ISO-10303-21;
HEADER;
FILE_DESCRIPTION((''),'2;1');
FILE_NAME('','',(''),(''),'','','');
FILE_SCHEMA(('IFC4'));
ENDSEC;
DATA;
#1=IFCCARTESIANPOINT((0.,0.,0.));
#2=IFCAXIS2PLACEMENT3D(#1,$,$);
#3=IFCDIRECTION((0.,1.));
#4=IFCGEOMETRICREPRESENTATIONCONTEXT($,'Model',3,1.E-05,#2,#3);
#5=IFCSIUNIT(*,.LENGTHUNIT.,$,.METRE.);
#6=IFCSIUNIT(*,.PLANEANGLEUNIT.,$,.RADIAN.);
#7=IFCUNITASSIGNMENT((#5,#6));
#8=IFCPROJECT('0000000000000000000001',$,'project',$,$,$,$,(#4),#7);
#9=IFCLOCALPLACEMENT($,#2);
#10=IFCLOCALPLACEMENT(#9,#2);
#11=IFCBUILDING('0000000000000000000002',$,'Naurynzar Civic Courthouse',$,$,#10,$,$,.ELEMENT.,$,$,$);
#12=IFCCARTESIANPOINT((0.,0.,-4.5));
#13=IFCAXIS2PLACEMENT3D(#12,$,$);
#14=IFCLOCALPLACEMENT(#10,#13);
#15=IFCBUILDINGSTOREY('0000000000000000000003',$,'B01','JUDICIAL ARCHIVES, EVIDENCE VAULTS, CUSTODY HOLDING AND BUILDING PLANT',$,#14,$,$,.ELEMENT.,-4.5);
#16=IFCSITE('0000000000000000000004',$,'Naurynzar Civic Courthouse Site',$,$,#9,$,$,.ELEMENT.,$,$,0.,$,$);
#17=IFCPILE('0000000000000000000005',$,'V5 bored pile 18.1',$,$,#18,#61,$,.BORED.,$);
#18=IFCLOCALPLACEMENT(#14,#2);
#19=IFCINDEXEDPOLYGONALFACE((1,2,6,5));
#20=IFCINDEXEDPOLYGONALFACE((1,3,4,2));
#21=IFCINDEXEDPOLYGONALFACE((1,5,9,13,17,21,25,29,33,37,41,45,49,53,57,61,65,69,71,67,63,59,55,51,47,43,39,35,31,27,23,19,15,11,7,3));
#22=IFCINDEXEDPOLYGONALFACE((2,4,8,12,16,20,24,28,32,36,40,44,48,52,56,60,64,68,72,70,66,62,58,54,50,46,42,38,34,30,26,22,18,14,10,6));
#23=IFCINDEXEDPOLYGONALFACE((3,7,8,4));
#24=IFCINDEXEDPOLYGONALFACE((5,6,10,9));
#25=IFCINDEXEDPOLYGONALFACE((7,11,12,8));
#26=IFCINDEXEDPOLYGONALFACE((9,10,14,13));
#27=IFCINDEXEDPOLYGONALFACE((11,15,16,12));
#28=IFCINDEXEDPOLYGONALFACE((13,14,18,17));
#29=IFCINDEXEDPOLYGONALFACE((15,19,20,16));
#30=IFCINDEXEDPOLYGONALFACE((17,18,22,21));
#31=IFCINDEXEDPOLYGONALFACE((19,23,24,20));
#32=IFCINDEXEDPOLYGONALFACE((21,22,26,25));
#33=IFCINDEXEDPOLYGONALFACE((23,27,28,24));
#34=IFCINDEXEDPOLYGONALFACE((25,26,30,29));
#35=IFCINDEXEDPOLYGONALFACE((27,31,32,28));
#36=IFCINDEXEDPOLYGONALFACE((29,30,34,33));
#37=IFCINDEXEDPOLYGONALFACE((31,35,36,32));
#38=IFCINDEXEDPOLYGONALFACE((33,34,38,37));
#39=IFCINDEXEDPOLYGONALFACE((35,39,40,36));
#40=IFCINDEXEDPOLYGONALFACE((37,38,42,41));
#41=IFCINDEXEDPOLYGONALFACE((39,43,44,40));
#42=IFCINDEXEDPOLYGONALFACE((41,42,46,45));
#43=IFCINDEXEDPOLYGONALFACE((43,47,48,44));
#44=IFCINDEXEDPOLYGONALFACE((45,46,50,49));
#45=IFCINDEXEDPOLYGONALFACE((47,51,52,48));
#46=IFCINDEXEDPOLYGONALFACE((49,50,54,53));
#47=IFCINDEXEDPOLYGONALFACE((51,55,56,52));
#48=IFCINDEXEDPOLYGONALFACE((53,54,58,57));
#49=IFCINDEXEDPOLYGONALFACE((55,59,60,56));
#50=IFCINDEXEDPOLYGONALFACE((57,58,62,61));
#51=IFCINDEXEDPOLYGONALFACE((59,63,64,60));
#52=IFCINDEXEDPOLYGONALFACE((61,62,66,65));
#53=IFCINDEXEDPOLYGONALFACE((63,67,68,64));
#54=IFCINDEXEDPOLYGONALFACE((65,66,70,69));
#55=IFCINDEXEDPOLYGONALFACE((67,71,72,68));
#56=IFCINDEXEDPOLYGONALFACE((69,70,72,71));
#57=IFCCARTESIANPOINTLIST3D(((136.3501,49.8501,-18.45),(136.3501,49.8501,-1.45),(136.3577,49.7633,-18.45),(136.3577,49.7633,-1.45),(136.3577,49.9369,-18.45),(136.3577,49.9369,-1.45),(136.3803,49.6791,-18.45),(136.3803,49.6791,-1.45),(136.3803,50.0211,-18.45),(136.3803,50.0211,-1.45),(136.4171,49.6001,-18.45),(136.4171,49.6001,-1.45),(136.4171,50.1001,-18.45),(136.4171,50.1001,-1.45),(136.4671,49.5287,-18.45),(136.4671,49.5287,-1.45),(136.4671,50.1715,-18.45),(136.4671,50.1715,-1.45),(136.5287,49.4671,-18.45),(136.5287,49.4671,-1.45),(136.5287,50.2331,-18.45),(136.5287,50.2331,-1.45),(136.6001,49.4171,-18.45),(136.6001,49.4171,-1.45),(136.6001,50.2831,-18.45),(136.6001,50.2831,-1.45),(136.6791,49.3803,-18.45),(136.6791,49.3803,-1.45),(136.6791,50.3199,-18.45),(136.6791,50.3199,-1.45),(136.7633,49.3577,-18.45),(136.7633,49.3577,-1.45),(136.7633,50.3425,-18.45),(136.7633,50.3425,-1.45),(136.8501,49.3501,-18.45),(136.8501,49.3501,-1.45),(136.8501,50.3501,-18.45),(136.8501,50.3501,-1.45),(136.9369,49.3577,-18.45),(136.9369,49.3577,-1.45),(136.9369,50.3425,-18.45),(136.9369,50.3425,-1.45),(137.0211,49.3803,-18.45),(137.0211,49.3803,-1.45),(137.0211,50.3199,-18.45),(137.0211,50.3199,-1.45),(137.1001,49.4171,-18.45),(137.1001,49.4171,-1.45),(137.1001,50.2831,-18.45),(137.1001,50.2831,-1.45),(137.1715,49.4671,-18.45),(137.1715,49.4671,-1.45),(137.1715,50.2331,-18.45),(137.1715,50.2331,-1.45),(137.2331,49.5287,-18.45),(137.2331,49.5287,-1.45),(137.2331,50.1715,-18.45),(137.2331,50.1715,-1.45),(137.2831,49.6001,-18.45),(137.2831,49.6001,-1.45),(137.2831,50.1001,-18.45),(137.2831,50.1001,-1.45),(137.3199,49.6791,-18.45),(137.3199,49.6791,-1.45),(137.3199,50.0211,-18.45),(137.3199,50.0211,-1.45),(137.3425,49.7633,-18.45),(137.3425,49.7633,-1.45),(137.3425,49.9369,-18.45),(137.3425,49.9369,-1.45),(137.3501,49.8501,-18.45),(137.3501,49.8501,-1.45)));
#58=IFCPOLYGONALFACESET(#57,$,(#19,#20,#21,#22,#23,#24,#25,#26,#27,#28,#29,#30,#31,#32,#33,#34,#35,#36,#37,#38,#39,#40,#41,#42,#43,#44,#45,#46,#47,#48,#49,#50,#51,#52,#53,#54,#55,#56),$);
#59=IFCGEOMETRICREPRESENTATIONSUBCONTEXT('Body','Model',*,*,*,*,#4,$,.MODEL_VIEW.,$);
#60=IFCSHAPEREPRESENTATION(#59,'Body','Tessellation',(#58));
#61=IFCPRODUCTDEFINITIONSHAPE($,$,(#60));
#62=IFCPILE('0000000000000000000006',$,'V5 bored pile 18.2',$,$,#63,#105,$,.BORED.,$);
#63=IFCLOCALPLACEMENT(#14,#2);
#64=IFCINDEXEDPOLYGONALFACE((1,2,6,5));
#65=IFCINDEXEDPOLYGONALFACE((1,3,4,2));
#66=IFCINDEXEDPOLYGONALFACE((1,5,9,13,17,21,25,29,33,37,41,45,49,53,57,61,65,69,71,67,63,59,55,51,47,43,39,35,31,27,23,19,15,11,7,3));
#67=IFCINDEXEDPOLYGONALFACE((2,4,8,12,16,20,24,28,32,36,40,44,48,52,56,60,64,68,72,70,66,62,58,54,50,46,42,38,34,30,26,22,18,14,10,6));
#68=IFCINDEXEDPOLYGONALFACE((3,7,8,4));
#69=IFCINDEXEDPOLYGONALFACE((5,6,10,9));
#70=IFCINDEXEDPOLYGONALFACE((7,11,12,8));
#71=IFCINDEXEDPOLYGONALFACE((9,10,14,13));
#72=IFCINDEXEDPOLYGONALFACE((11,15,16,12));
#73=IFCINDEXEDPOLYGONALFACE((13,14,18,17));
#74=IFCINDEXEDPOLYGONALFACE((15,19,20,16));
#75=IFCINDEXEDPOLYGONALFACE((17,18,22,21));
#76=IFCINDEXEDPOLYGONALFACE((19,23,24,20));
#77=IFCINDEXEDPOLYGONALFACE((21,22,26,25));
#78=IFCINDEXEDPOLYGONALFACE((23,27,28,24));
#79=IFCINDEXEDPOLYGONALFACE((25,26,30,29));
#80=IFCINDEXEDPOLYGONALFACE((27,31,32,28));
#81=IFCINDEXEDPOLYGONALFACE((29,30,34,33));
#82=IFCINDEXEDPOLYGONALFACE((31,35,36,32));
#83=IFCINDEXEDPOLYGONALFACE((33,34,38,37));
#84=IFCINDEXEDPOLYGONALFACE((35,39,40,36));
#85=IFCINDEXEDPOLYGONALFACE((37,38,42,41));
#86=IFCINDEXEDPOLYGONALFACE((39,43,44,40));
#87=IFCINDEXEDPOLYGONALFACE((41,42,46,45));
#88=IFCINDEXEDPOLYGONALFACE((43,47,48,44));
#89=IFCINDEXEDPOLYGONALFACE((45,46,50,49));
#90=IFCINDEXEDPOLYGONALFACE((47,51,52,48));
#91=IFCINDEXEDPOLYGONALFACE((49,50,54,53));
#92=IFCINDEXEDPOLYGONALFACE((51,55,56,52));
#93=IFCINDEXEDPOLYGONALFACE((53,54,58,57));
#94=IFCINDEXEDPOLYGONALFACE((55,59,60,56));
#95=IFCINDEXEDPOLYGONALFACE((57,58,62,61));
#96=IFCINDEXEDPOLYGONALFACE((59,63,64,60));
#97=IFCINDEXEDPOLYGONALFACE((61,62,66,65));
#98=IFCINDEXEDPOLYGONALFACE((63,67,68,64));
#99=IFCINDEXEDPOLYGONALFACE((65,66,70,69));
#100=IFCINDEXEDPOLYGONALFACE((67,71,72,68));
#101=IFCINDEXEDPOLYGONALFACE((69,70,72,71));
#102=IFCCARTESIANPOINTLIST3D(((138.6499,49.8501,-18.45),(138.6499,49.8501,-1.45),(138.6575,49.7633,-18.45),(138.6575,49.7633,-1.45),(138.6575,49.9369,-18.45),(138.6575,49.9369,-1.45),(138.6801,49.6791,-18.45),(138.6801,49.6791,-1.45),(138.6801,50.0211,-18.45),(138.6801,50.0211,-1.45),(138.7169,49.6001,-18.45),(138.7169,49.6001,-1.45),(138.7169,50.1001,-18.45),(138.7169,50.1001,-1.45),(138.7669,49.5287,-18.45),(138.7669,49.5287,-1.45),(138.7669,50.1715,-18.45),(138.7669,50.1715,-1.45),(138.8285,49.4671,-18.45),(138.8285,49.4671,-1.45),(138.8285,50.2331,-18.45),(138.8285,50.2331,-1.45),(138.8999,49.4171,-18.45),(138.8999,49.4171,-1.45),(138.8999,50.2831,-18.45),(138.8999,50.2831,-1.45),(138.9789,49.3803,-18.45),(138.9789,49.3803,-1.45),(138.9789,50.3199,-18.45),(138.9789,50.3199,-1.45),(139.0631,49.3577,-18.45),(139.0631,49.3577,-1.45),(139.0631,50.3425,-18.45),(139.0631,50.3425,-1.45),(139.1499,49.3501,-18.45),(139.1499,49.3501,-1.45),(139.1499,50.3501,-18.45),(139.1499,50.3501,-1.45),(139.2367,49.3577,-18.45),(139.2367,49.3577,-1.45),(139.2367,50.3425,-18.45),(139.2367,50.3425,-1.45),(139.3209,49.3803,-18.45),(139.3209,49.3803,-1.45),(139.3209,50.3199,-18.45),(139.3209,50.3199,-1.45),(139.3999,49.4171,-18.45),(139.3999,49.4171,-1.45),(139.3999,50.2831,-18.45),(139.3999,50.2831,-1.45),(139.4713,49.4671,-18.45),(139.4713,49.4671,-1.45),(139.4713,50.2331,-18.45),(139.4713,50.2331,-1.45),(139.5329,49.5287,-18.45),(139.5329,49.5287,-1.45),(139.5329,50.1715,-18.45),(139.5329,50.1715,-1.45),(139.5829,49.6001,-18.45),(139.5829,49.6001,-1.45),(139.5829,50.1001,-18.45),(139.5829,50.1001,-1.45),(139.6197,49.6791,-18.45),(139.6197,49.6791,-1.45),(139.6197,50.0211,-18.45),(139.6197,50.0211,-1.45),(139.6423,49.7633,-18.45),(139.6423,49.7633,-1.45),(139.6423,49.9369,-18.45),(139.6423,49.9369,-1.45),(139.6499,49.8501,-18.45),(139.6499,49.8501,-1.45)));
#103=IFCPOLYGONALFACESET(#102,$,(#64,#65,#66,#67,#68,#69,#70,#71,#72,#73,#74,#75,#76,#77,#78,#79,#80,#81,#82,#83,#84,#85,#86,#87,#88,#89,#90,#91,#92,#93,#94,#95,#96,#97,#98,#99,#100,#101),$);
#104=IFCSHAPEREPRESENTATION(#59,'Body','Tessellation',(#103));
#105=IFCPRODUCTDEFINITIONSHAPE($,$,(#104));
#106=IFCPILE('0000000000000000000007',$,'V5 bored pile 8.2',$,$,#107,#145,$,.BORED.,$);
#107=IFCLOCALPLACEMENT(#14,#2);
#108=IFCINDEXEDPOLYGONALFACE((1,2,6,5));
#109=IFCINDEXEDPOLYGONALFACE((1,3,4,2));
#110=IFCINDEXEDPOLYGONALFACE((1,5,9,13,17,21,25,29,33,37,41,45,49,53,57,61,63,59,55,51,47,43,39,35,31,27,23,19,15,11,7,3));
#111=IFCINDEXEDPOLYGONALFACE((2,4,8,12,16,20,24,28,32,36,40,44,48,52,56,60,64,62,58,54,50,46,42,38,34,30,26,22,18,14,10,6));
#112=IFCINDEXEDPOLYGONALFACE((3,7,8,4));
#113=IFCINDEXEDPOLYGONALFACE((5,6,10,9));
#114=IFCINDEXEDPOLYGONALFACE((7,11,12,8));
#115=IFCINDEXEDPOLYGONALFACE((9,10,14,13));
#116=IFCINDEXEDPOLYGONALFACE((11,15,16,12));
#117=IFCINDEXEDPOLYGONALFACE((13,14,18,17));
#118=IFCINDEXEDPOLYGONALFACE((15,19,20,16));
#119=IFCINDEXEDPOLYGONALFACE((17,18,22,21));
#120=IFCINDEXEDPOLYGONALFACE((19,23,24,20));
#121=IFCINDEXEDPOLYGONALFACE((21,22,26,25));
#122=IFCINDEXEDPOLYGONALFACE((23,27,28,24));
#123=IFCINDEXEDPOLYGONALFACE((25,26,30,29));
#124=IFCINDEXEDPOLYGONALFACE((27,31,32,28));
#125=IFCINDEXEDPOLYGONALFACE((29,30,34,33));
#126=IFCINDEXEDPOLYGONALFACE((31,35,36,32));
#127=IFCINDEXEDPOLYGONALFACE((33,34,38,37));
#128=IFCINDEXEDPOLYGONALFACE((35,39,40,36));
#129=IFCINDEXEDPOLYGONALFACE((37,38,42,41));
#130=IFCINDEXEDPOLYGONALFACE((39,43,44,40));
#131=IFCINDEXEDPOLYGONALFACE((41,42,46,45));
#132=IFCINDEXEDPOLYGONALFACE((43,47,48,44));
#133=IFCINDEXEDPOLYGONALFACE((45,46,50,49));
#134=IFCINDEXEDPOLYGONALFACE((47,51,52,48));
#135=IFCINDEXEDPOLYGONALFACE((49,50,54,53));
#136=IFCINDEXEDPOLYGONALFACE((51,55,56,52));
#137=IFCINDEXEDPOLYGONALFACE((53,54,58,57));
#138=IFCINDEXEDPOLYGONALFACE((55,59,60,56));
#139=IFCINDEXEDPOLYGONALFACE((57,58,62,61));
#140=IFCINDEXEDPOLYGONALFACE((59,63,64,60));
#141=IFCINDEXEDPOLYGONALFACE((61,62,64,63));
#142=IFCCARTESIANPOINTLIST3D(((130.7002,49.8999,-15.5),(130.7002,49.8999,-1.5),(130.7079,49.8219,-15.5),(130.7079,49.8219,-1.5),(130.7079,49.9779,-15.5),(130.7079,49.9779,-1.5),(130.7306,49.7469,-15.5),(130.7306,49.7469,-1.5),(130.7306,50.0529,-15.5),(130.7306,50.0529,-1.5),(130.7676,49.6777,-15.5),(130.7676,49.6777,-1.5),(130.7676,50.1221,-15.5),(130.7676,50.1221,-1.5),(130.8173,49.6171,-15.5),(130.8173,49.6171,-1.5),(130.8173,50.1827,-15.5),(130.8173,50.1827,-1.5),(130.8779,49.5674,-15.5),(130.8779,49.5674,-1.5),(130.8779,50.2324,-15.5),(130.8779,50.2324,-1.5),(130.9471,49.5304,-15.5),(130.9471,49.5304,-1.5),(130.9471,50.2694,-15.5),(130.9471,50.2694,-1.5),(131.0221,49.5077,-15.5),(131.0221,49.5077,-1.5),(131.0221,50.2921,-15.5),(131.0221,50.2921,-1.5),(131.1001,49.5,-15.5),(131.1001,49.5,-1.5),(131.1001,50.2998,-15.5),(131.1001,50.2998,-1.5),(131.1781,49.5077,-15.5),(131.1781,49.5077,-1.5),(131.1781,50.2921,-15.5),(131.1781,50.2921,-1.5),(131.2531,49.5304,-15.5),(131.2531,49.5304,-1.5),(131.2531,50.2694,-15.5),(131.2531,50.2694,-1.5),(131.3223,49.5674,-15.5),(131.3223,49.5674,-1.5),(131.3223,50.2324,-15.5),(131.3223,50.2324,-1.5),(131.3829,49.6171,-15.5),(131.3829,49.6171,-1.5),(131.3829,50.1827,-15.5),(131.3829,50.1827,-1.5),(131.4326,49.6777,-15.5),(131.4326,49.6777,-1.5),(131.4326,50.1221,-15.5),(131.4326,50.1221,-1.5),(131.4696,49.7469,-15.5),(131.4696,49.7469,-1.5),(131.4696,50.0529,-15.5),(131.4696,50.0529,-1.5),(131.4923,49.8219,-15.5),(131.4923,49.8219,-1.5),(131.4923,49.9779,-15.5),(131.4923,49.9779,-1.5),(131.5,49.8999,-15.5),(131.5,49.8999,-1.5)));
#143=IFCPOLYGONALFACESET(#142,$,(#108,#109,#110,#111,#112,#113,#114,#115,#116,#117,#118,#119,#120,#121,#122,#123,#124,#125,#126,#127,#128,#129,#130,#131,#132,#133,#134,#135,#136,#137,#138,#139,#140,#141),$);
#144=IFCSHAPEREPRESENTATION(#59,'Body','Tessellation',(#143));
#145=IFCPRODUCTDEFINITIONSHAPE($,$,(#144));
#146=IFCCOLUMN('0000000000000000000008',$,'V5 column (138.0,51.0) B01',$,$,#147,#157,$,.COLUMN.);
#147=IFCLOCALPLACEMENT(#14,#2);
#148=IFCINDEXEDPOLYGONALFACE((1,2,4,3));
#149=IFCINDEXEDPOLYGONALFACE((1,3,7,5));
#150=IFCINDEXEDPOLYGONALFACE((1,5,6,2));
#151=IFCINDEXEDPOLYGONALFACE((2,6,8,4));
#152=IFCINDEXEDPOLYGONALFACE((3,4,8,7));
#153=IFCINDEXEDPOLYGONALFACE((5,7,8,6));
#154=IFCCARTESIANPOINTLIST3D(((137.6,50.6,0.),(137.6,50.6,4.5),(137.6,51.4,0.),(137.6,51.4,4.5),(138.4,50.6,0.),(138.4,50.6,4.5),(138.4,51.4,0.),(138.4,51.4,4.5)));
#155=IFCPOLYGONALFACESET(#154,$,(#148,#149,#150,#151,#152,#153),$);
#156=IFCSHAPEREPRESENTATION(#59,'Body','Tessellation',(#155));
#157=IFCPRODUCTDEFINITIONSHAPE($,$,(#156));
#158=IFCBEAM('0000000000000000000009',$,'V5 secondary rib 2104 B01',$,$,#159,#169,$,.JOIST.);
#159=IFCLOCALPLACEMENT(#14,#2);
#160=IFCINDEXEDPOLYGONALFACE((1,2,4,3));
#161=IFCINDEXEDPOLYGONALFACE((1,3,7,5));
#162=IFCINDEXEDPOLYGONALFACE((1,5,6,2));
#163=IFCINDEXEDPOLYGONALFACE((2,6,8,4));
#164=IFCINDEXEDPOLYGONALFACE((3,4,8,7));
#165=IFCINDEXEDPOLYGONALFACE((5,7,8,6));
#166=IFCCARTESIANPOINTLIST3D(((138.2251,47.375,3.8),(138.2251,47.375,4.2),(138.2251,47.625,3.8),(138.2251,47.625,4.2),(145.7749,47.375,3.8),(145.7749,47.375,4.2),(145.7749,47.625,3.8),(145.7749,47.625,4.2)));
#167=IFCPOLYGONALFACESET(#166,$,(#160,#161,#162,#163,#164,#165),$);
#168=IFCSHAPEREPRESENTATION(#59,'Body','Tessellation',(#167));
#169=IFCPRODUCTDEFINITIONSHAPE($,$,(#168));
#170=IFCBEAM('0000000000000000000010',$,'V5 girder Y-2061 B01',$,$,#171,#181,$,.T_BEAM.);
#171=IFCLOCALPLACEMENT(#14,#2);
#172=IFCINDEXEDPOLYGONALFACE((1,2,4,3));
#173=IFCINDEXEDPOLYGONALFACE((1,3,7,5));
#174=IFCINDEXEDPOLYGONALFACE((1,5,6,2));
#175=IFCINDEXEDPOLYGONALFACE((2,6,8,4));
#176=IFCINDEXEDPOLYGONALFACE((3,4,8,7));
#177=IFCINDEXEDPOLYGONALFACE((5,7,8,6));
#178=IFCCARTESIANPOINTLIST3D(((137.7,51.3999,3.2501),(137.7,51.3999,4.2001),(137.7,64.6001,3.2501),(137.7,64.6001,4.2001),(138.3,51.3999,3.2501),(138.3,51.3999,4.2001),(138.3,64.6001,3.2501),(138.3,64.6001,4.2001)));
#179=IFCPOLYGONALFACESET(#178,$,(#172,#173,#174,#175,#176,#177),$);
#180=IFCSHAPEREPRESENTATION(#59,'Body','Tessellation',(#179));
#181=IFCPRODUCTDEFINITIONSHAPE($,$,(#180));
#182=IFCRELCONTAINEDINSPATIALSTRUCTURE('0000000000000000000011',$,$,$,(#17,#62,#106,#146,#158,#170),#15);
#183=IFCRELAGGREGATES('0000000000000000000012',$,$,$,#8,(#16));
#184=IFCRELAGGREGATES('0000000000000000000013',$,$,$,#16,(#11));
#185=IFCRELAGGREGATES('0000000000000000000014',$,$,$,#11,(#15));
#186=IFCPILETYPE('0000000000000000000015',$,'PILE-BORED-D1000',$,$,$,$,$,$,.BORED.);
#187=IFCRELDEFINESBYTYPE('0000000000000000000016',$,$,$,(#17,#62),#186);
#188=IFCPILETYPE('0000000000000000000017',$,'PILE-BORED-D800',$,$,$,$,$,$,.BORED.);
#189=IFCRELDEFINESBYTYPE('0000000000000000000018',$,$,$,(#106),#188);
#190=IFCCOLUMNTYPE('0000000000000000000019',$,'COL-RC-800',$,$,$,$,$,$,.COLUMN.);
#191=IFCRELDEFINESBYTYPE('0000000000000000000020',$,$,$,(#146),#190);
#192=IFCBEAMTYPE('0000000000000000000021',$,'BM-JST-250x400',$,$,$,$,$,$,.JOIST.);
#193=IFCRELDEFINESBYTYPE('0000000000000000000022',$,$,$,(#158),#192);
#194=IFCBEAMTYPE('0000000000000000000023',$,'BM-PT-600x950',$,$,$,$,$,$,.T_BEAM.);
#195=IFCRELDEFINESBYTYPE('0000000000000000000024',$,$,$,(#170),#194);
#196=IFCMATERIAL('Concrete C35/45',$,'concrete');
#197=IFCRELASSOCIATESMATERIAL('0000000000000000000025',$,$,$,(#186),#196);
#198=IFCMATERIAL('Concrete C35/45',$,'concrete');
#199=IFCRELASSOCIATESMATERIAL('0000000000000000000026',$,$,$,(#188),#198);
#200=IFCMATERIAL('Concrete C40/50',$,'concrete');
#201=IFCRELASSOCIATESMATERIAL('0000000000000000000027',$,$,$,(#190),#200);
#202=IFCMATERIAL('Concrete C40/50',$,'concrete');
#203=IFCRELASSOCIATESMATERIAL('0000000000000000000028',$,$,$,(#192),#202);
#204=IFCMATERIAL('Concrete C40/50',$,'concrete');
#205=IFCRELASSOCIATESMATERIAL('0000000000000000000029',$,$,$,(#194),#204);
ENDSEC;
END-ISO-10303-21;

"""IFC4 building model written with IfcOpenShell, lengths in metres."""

from ifc_helpers import new_model, si_unit, direction, frame, origin, origin_2d, place, context, subcontext, project, spatial, rectangle, circle, extrude, material, material_profile, profile_set, type_object, element, save


model = new_model("IFC4")

# Units and contexts
model_context = context("Model", 3, precision=1e-05, world=origin(), true_north=direction((0.0, 1.0)))
body_context = subcontext(model_context, "Body", "Model", "MODEL_VIEW")
ifc_project = project(units=[si_unit("LENGTHUNIT", "METRE"), si_unit("PLANEANGLEUNIT", "RADIAN")], contexts=[model_context])

# Site, building, storey
site_placement = place(None, origin())
site = spatial("IfcSite", under=ifc_project, at=site_placement, Name="Naurynzar Civic Courthouse Site", CompositionType="ELEMENT", RefElevation=0.0)
building_placement = place(site_placement, origin())
building = spatial("IfcBuilding", under=site, at=building_placement, Name="Naurynzar Civic Courthouse", CompositionType="ELEMENT")
storey_placement = place(building_placement, frame((0.0, 0.0, -4.5)))
storey = spatial("IfcBuildingStorey", under=building, at=storey_placement, Name="B01", Description="JUDICIAL ARCHIVES, EVIDENCE VAULTS, CUSTODY HOLDING AND BUILDING PLANT", CompositionType="ELEMENT", Elevation=-4.5)

# Piles
ifc_material_1 = material(Name="Concrete C35/45", Category="concrete")
ifc_material_profile_1 = material_profile(ifc_material_1, circle(Radius=0.5, at=origin_2d()), Name="PILE D1000")
ifc_profile_set_1 = profile_set([ifc_material_profile_1], Name="Concrete C35/45")
pile_type_1 = type_object("IfcPileType", Name="PILE-BORED-D1000", PredefinedType="BORED", material=ifc_profile_set_1)
for number, where, z_axis, x_axis, name in (
    (1, (136.8501, 49.8501, -1.45), (0.0, 0.0, -1.0), (1.0, 0.0, 0.0), "V5 bored pile 18.1"),
    (2, (139.1499, 49.8501, -1.45), (0.0, 0.0, -1.0), (1.0, 0.0, 0.0), "V5 bored pile 18.2"),
):
    element("IfcPile", number, at=place(storey_placement, frame(where, z_axis=z_axis, x_axis=x_axis)), inside=storey, type_object=pile_type_1, Name=name, PredefinedType="BORED", context=body_context, shape_type="SweptSolid", body=[
        extrude(circle(Radius=0.5, at=origin_2d()), origin(), (0.0, 0.0, 1.0), 17.0),
    ])
ifc_material_2 = material(Name="Concrete C35/45", Category="concrete")
ifc_material_profile_2 = material_profile(ifc_material_2, circle(Radius=0.3999, at=origin_2d()), Name="PILE D800")
ifc_profile_set_2 = profile_set([ifc_material_profile_2], Name="Concrete C35/45")
pile_type_2 = type_object("IfcPileType", Name="PILE-BORED-D800", PredefinedType="BORED", material=ifc_profile_set_2)
pile_placement = place(storey_placement, frame((131.1001, 49.8999, -1.5), z_axis=(0.0, 0.0, -1.0), x_axis=(1.0, 0.0, 0.0)))
element("IfcPile", 3, at=pile_placement, inside=storey, type_object=pile_type_2, Name="V5 bored pile 8.2", PredefinedType="BORED", context=body_context, shape_type="SweptSolid", body=[
    extrude(circle(Radius=0.3999, at=origin_2d()), origin(), (0.0, 0.0, 1.0), 14.0),
])

# Column
ifc_material_3 = material(Name="Concrete C40/50", Category="concrete")
ifc_material_profile_3 = material_profile(ifc_material_3, rectangle(XDim=0.8, YDim=0.8, at=origin_2d()), Name="RC 800x800")
ifc_profile_set_3 = profile_set([ifc_material_profile_3], Name="Concrete C40/50")
column_type = type_object("IfcColumnType", Name="COL-RC-800", PredefinedType="COLUMN", material=ifc_profile_set_3)
column_placement = place(storey_placement, frame((138.0, 51.0, 0.0), z_axis=(0.0, 0.0, 1.0), x_axis=(1.0, 0.0, 0.0)))
element("IfcColumn", 4, at=column_placement, inside=storey, type_object=column_type, Name="V5 column (138.0,51.0) B01", PredefinedType="COLUMN", context=body_context, shape_type="SweptSolid", body=[
    extrude(rectangle(XDim=0.8, YDim=0.8, at=origin_2d()), origin(), (0.0, 0.0, 1.0), 4.5),
])

# Beams
ifc_material_4 = material(Name="Concrete C40/50", Category="concrete")
ifc_material_profile_4 = material_profile(ifc_material_4, rectangle(XDim=0.25, YDim=0.3999, at=origin_2d()), Name="RCB 250x400")
ifc_profile_set_4 = profile_set([ifc_material_profile_4], Name="Concrete C40/50")
beam_type_1 = type_object("IfcBeamType", Name="BM-JST-250x400", PredefinedType="JOIST", material=ifc_profile_set_4)
beam_1_placement = place(storey_placement, frame((138.2251, 47.5, 4.0), z_axis=(1.0, 0.0, 0.0), x_axis=(0.0, 1.0, 0.0)))
element("IfcBeam", 5, at=beam_1_placement, inside=storey, type_object=beam_type_1, Name="V5 secondary rib 2104 B01", PredefinedType="JOIST", context=body_context, shape_type="SweptSolid", body=[
    extrude(rectangle(XDim=0.25, YDim=0.3999, at=origin_2d()), origin(), (0.0, 0.0, 1.0), 7.5498),
])
ifc_material_5 = material(Name="Concrete C40/50", Category="concrete")
ifc_material_profile_5 = material_profile(ifc_material_5, rectangle(XDim=0.6001, YDim=0.95, at=origin_2d()), Name="PTB 600x950")
ifc_profile_set_5 = profile_set([ifc_material_profile_5], Name="Concrete C40/50")
beam_type_2 = type_object("IfcBeamType", Name="BM-PT-600x950", PredefinedType="T_BEAM", material=ifc_profile_set_5)
beam_2_placement = place(storey_placement, frame((138.0, 51.3999, 3.7251), z_axis=(0.0, 1.0, 0.0), x_axis=(-1.0, 0.0, 0.0)))
element("IfcBeam", 6, at=beam_2_placement, inside=storey, type_object=beam_type_2, Name="V5 girder Y-2061 B01", PredefinedType="T_BEAM", context=body_context, shape_type="SweptSolid", body=[
    extrude(rectangle(XDim=0.6001, YDim=0.95, at=origin_2d()), origin(), (0.0, 0.0, 1.0), 13.2002),
])

save(model, "model.ifc")
